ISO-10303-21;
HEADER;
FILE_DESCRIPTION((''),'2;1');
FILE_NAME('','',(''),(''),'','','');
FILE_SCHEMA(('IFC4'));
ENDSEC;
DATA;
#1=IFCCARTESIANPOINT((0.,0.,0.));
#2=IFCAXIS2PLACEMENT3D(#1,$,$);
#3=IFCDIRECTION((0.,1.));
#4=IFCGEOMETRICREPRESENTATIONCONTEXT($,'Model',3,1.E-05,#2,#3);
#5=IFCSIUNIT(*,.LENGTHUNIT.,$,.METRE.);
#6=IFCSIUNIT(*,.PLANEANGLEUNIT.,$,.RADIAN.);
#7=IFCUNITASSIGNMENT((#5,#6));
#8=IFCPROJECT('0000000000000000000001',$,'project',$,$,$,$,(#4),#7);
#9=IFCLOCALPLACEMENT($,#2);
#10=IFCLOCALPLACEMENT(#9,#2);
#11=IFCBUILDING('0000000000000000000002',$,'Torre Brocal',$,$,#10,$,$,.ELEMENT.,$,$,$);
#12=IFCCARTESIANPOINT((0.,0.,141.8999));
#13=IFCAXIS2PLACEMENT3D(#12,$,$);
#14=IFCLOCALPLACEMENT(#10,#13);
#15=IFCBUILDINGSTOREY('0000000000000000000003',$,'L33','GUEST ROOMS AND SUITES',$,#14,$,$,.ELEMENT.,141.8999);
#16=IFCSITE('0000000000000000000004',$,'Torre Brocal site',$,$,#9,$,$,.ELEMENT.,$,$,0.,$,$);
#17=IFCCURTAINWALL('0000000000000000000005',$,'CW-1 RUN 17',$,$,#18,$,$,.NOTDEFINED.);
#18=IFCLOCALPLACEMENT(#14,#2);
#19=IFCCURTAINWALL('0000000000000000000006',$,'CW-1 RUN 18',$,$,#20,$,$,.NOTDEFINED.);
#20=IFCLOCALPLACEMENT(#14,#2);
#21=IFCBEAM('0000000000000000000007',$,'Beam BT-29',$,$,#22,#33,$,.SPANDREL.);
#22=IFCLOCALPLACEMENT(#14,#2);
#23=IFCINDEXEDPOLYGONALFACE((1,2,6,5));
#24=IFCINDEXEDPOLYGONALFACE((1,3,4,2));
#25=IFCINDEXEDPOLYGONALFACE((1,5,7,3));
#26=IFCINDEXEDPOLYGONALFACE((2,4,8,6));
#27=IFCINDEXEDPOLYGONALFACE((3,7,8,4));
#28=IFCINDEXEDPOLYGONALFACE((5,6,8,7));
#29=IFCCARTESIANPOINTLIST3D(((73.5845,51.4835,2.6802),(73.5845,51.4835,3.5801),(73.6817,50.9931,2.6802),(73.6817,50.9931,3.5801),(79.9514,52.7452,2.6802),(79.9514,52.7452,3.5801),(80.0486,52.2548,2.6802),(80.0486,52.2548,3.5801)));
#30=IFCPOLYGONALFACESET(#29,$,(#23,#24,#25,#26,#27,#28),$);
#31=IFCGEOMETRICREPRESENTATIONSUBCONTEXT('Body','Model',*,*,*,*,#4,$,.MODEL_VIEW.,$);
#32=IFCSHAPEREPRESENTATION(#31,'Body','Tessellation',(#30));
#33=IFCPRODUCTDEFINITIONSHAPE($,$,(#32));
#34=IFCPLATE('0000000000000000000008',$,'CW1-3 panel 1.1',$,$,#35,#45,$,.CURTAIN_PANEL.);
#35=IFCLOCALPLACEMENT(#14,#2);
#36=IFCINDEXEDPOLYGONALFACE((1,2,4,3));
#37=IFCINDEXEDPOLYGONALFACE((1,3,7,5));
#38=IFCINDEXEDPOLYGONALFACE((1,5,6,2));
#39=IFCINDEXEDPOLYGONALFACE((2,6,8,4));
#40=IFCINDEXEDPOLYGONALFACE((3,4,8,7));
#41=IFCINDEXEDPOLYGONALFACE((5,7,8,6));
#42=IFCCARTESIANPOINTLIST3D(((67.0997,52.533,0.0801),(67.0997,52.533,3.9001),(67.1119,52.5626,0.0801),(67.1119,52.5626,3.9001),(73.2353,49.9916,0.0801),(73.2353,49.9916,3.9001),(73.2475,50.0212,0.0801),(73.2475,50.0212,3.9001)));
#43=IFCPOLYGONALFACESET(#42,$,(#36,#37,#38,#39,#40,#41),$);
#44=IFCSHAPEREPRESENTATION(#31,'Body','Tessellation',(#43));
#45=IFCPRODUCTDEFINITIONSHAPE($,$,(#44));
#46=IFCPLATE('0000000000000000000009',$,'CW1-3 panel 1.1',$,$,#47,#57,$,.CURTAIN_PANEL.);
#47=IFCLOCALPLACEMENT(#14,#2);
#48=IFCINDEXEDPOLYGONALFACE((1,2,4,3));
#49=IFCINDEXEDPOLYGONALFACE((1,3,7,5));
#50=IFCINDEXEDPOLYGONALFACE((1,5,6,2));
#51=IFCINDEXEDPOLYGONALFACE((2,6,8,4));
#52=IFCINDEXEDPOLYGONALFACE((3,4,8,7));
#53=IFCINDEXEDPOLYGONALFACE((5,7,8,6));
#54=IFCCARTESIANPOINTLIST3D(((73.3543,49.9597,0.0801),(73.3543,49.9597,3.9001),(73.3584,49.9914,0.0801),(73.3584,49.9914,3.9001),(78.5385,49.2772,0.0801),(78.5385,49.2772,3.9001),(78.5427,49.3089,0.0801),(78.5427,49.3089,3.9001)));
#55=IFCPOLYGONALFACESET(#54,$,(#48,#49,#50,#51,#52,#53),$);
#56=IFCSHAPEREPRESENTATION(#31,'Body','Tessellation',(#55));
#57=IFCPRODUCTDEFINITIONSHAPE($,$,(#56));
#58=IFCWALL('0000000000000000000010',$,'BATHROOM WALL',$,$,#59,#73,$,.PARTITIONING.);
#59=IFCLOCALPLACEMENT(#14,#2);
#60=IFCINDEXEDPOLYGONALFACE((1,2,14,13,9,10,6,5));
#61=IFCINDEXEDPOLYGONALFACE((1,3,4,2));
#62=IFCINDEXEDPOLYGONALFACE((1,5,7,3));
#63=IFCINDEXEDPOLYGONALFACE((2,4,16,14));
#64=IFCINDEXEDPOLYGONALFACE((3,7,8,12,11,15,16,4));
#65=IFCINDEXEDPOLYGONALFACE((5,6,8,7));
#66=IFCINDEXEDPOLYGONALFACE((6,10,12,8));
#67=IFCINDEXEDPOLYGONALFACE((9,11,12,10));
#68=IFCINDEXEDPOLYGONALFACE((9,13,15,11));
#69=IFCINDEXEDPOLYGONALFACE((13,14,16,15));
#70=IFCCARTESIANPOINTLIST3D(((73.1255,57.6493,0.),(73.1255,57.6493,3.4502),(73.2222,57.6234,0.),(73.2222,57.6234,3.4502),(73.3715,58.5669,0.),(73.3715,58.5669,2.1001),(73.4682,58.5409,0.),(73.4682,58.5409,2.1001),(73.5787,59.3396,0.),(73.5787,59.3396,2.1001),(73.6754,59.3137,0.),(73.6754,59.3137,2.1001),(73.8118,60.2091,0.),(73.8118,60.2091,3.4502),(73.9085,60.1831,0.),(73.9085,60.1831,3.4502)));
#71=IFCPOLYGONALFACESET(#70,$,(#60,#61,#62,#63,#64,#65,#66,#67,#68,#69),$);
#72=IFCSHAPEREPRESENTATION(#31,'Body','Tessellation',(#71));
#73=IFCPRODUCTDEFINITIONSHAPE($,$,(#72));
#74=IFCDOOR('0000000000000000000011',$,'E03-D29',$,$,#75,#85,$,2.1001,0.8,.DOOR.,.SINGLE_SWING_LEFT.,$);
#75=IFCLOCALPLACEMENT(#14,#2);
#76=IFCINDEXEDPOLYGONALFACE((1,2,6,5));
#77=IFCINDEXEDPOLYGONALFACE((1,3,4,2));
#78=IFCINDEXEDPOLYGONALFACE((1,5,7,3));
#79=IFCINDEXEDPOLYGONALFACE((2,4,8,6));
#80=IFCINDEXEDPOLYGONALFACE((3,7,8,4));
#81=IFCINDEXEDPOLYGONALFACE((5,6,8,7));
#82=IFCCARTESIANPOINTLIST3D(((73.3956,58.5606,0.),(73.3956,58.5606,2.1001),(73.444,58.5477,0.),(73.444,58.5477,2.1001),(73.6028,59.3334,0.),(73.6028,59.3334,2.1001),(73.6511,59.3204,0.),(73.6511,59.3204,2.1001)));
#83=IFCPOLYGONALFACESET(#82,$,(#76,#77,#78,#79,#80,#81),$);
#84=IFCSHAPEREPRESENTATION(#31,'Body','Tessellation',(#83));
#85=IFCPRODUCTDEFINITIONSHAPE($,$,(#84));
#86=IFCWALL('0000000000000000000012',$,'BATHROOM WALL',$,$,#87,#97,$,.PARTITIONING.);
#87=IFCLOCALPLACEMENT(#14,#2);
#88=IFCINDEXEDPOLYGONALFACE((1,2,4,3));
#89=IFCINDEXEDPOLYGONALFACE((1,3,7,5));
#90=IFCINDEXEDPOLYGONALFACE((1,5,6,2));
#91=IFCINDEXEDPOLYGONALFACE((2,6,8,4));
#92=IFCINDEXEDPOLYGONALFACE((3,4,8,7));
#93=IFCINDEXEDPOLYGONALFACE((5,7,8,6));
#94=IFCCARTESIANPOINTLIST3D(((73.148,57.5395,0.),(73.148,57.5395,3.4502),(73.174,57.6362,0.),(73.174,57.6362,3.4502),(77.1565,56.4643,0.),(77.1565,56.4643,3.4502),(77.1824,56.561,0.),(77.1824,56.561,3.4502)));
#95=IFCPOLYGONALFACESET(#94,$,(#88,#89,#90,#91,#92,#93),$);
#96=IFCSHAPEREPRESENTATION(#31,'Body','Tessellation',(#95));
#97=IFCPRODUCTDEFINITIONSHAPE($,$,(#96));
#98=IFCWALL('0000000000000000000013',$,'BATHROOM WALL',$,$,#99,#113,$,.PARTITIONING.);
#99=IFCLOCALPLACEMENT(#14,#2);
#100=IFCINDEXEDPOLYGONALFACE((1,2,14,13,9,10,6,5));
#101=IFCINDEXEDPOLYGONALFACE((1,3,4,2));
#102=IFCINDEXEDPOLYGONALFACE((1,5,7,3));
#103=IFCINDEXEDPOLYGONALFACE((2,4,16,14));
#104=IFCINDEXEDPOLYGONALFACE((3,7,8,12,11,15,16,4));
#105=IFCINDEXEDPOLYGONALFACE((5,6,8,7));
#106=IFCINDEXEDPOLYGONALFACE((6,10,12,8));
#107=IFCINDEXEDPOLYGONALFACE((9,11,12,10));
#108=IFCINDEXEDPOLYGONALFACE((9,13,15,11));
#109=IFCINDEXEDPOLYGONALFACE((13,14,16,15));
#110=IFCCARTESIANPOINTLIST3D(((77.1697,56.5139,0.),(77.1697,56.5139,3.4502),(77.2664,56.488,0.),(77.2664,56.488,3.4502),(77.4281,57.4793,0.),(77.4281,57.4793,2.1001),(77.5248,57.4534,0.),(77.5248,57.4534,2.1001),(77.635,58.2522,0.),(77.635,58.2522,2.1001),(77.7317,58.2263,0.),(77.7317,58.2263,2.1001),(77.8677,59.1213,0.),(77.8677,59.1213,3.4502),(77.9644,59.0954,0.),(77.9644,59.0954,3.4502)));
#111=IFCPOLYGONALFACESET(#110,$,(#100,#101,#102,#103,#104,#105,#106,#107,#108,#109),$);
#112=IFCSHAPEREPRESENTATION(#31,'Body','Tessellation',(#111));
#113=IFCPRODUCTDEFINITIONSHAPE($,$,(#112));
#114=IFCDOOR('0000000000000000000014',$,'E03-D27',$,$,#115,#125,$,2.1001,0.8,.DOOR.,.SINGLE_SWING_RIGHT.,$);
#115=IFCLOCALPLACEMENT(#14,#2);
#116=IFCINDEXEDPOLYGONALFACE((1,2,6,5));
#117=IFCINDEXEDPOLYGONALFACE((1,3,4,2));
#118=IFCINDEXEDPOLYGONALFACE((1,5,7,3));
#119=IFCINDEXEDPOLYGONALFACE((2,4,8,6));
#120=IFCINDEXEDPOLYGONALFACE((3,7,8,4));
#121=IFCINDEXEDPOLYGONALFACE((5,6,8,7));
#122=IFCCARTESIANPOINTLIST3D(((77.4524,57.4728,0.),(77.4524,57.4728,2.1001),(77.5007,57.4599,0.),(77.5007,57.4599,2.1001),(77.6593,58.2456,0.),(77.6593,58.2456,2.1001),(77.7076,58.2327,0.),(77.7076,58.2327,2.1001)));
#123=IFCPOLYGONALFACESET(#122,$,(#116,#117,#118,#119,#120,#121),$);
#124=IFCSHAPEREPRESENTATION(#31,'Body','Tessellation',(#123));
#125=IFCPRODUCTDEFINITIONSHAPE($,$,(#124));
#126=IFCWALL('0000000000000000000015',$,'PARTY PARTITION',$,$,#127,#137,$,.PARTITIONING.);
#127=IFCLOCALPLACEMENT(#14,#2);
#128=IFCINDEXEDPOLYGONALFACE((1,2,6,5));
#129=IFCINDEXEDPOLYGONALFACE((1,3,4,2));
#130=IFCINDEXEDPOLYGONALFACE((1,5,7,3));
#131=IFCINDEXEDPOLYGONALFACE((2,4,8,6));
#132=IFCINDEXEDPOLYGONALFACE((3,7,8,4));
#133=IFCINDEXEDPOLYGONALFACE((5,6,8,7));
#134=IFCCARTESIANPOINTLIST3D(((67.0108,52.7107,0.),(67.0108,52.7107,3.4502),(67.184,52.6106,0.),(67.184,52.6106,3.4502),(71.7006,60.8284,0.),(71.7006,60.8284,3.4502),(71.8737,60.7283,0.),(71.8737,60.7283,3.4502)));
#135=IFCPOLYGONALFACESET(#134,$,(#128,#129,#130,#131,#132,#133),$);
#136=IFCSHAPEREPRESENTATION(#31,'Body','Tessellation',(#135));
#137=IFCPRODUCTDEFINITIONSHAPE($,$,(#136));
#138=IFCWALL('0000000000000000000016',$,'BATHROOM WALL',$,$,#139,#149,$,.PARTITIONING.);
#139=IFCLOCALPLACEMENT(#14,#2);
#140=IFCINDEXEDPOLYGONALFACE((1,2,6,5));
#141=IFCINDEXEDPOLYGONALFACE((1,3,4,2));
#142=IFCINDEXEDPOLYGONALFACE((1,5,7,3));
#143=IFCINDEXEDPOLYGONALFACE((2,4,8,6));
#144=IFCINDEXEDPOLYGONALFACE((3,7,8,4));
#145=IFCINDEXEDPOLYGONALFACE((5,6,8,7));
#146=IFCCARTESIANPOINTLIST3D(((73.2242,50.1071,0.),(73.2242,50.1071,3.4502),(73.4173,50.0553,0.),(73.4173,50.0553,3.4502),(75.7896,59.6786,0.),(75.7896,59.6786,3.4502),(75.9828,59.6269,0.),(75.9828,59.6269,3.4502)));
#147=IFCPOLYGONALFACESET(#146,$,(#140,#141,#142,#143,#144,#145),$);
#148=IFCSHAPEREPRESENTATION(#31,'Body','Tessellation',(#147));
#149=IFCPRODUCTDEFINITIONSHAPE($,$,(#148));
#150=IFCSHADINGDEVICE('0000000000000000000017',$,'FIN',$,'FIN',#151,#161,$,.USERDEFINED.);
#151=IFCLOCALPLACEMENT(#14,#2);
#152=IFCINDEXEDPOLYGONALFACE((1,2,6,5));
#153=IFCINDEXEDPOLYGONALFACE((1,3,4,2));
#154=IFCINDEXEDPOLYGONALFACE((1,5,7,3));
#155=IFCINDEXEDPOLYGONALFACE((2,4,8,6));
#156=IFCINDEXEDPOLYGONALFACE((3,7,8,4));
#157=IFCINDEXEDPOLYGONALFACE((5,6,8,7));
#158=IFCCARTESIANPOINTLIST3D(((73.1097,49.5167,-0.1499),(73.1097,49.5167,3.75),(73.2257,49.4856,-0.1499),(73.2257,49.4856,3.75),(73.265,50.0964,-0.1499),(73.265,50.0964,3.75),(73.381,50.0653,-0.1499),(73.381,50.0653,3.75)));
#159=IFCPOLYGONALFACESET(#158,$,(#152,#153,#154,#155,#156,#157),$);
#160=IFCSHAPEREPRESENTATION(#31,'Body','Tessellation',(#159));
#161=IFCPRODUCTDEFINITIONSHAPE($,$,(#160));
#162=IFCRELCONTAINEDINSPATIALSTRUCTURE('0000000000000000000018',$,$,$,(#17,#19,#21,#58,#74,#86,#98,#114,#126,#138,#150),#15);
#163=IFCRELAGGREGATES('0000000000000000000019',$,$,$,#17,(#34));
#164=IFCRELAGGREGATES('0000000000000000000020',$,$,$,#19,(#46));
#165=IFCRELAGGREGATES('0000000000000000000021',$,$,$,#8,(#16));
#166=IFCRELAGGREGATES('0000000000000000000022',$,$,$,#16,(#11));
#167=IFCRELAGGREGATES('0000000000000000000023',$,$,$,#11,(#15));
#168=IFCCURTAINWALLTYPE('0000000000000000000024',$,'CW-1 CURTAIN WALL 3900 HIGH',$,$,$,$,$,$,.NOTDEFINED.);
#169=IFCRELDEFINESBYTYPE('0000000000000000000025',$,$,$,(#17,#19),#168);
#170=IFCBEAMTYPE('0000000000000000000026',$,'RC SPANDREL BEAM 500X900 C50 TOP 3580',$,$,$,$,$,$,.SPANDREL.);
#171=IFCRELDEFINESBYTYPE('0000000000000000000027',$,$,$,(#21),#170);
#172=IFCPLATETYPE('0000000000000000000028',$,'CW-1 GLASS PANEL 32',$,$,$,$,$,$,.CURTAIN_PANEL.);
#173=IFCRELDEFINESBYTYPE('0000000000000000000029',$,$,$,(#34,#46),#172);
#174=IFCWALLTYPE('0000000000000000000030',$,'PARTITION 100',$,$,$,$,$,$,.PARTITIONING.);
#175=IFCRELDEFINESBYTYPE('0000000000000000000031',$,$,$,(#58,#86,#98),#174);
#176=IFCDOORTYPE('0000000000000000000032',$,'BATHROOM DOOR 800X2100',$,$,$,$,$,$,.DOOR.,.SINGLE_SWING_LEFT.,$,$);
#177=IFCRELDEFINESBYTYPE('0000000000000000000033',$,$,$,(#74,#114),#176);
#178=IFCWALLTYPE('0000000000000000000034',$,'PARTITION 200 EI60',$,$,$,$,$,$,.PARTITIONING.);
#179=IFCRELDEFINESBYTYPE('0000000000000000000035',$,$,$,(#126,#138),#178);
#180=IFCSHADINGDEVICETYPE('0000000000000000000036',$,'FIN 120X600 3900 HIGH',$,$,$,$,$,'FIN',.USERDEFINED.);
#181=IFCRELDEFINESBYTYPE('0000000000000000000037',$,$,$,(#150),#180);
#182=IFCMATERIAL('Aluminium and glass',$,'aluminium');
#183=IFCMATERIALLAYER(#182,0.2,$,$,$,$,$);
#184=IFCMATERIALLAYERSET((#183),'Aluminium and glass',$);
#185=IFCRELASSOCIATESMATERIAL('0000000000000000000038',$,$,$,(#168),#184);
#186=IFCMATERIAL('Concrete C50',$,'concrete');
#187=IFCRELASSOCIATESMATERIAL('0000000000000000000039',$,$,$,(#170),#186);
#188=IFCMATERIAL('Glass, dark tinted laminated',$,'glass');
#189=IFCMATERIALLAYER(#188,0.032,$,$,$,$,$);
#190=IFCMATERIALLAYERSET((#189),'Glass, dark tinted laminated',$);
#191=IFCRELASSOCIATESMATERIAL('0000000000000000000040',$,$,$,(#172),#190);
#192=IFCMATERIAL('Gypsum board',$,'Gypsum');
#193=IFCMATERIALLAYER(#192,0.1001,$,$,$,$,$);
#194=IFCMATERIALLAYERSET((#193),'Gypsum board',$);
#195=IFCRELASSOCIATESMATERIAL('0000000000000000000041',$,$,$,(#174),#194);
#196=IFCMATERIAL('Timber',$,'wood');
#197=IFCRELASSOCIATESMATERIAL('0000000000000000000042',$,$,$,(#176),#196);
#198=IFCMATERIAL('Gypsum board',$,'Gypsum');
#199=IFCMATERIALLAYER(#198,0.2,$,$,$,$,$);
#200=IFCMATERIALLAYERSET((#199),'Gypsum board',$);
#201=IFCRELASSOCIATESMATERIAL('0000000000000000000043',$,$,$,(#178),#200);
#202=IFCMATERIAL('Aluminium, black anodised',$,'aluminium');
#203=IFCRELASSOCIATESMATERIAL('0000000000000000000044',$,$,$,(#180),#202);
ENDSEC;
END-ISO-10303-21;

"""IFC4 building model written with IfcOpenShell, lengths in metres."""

from ifc_helpers import new_model, si_unit, direction, frame, frame_2d, origin, origin_2d, place, context, subcontext, project, spatial, rectangle, extrude, material, layer, layer_set, material_profile, profile_set, type_object, element, fill, aggregate, save


model = new_model("IFC4")

# Units and contexts
model_context = context("Model", 3, precision=1e-05, world=origin(), true_north=direction((0.0, 1.0)))
body_context = subcontext(model_context, "Body", "Model", "MODEL_VIEW")
ifc_project = project(units=[si_unit("LENGTHUNIT", "METRE"), si_unit("PLANEANGLEUNIT", "RADIAN")], contexts=[model_context])

# Site, building, storey
site_placement = place(None, origin())
site = spatial("IfcSite", under=ifc_project, at=site_placement, Name="Torre Brocal site", CompositionType="ELEMENT", RefElevation=0.0)
building_placement = place(site_placement, origin())
building = spatial("IfcBuilding", under=site, at=building_placement, Name="Torre Brocal", CompositionType="ELEMENT")
storey_placement = place(building_placement, frame((0.0, 0.0, 141.8999)))
storey = spatial("IfcBuildingStorey", under=building, at=storey_placement, Name="L33", Description="GUEST ROOMS AND SUITES", CompositionType="ELEMENT", Elevation=141.8999)

# Shared definitions
ifc_material_1 = material(Name="Aluminium and glass", Category="aluminium")
ifc_layer_1 = layer(ifc_material_1, 0.2)
ifc_layer_set_1 = layer_set([ifc_layer_1], Name="Aluminium and glass")
curtain_wall_type = type_object("IfcCurtainWallType", Name="CW-1 CURTAIN WALL 3900 HIGH", PredefinedType="NOTDEFINED", material=ifc_layer_set_1)

# Curtain walls
curtain_wall_1_placement = place(storey_placement, origin())
curtain_wall_1 = element("IfcCurtainWall", 1, at=curtain_wall_1_placement, inside=storey, type_object=curtain_wall_type, Name="CW-1 RUN 17", PredefinedType="NOTDEFINED")
curtain_wall_2_placement = place(storey_placement, origin())
curtain_wall_2 = element("IfcCurtainWall", 2, at=curtain_wall_2_placement, inside=storey, type_object=curtain_wall_type, Name="CW-1 RUN 18", PredefinedType="NOTDEFINED")

# Beam
ifc_material_2 = material(Name="Concrete C50", Category="concrete")
ifc_material_profile_1 = material_profile(ifc_material_2, rectangle(XDim=0.5, YDim=0.8999, at=origin_2d()), Name="RC 500X900")
ifc_profile_set_1 = profile_set([ifc_material_profile_1], Name="Concrete C50")
beam_type_1 = type_object("IfcBeamType", Name="RC SPANDREL BEAM 500X900 C50 TOP 3580", PredefinedType="SPANDREL", material=ifc_profile_set_1)
beam_1_placement = place(storey_placement, frame((73.6331, 51.2383, 3.1301), z_axis=(0.980925, 0.194387, 0.0), x_axis=(-0.194387, 0.980925, 0.0)))
element("IfcBeam", 3, at=beam_1_placement, inside=storey, type_object=beam_type_1, Name="Beam BT-29", PredefinedType="SPANDREL", context=body_context, shape_type="SweptSolid", body=[
    extrude(rectangle(XDim=0.5, YDim=0.8999, at=origin_2d()), origin(), (0.0, 0.0, 1.0), 6.4907),
])

# Plates
ifc_material_3 = material(Name="Glass, dark tinted laminated", Category="glass")
ifc_layer_2 = layer(ifc_material_3, 0.032)
ifc_layer_set_2 = layer_set([ifc_layer_2], Name="Glass, dark tinted laminated")
plate_type = type_object("IfcPlateType", Name="CW-1 GLASS PANEL 32", PredefinedType="CURTAIN_PANEL", material=ifc_layer_set_2)
plate_1_placement = place(storey_placement, frame((70.1736, 51.2771, 0.0801), z_axis=(0.0, 0.0, 1.0), x_axis=(0.92388, -0.382683, 0.0)))
plate_1 = element("IfcPlate", 4, at=plate_1_placement, type_object=plate_type, Name="CW1-3 panel 1.1", PredefinedType="CURTAIN_PANEL", context=body_context, shape_type="SweptSolid", body=[
    extrude(rectangle(XDim=6.6411, YDim=0.032, at=origin_2d()), origin(), (0.0, 0.0, 1.0), 3.8201),
])
aggregate(curtain_wall_1, [plate_1])
plate_2_placement = place(storey_placement, frame((75.9485, 49.6343, 0.0801), z_axis=(0.0, 0.0, 1.0), x_axis=(0.991445, -0.130526, 0.0)))
plate_2 = element("IfcPlate", 5, at=plate_2_placement, type_object=plate_type, Name="CW1-3 panel 1.1", PredefinedType="CURTAIN_PANEL", context=body_context, shape_type="SweptSolid", body=[
    extrude(rectangle(XDim=5.229, YDim=0.032, at=origin_2d()), origin(), (0.0, 0.0, 1.0), 3.8201),
])
aggregate(curtain_wall_2, [plate_2])

# Wall, opening, door
ifc_material_4 = material(Name="Gypsum board", Category="Gypsum")
ifc_layer_3 = layer(ifc_material_4, 0.1001)
ifc_layer_set_3 = layer_set([ifc_layer_3], Name="Gypsum board")
wall_type_1 = type_object("IfcWallType", Name="PARTITION 100", PredefinedType="PARTITIONING", material=ifc_layer_set_3)
wall_1_placement = place(storey_placement, frame((73.1738, 57.6362, 0.0), z_axis=(0.0, 0.0, 1.0), x_axis=(0.258952, 0.96589, 0.0)))
wall_1 = element("IfcWall", 6, at=wall_1_placement, inside=storey, type_object=wall_type_1, Name="BATHROOM WALL", PredefinedType="PARTITIONING", context=body_context, shape_type="SweptSolid", body=[
    extrude(rectangle(XDim=2.6501, YDim=0.1001, at=frame_2d((1.3252, 0.0))), origin(), (0.0, 0.0, 1.0), 3.4502),
])
opening_1_placement = place(wall_1_placement, frame((0.9502, 0.0, 0.0)))
opening_1 = element("IfcOpeningElement", 7, at=opening_1_placement, cuts=wall_1, PredefinedType="OPENING", context=body_context, shape_type="SweptSolid", body=[
    extrude(rectangle(XDim=0.8, YDim=2.1001, at=frame_2d((0.3999, 1.05))), frame((0.0, 0.0601, 0.0), z_axis=(0.0, -1.0, 0.0), x_axis=(1.0, 0.0, 0.0)), (0.0, 0.0, 1.0), 0.1201),
])
ifc_material_5 = material(Name="Timber", Category="wood")
door_type = type_object("IfcDoorType", Name="BATHROOM DOOR 800X2100", OperationType="SINGLE_SWING_LEFT", PredefinedType="DOOR", material=ifc_material_5)
door_1_placement = place(opening_1_placement, frame((0.8, 0.0, 0.0), z_axis=(0.0, 0.0, 1.0), x_axis=(-1.0, 0.0, 0.0)))
door_1 = element("IfcDoor", 8, at=door_1_placement, inside=storey, type_object=door_type, Name="E03-D29", OperationType="SINGLE_SWING_LEFT", OverallHeight=2.1001, OverallWidth=0.8, PredefinedType="DOOR", context=body_context, shape_type="SweptSolid", body=[
    extrude(rectangle(XDim=0.8, YDim=2.1001, at=frame_2d((0.3999, 1.05))), frame((0.0, 0.0249, 0.0), z_axis=(0.0, -1.0, 0.0), x_axis=(1.0, 0.0, 0.0)), (0.0, 0.0, 1.0), 0.05),
])
fill(opening_1, door_1)

# Wall
wall_2_placement = place(storey_placement, frame((73.1609, 57.5879, 0.0), z_axis=(0.0, 0.0, 1.0), x_axis=(0.965859, -0.259068, 0.0)))
element("IfcWall", 9, at=wall_2_placement, inside=storey, type_object=wall_type_1, Name="BATHROOM WALL", PredefinedType="PARTITIONING", context=body_context, shape_type="SweptSolid", body=[
    extrude(rectangle(XDim=4.1501, YDim=0.1001, at=frame_2d((2.0752, 0.0))), origin(), (0.0, 0.0, 1.0), 3.4502),
])

# Wall, opening, door
wall_3_placement = place(storey_placement, frame((77.218, 56.501, 0.0), z_axis=(0.0, 0.0, 1.0), x_axis=(0.258591, 0.965987, 0.0)))
wall_3 = element("IfcWall", 10, at=wall_3_placement, inside=storey, type_object=wall_type_1, Name="BATHROOM WALL", PredefinedType="PARTITIONING", context=body_context, shape_type="SweptSolid", body=[
    extrude(rectangle(XDim=2.6992, YDim=0.1001, at=frame_2d((1.3496, 0.0))), origin(), (0.0, 0.0, 1.0), 3.4502),
])
opening_2_placement = place(wall_3_placement, frame((0.9995, 0.0, 0.0)))
opening_2 = element("IfcOpeningElement", 11, at=opening_2_placement, cuts=wall_3, PredefinedType="OPENING", context=body_context, shape_type="SweptSolid", body=[
    extrude(rectangle(XDim=0.8, YDim=2.1001, at=frame_2d((0.3999, 1.05))), frame((0.0, 0.0601, 0.0), z_axis=(0.0, -1.0, 0.0), x_axis=(1.0, 0.0, 0.0)), (0.0, 0.0, 1.0), 0.1201),
])
door_2_placement = place(opening_2_placement, origin())
door_2 = element("IfcDoor", 12, at=door_2_placement, inside=storey, type_object=door_type, Name="E03-D27", OperationType="SINGLE_SWING_RIGHT", OverallHeight=2.1001, OverallWidth=0.8, PredefinedType="DOOR", context=body_context, shape_type="SweptSolid", body=[
    extrude(rectangle(XDim=0.8, YDim=2.1001, at=frame_2d((0.3999, 1.05))), frame((0.0, 0.0249, 0.0), z_axis=(0.0, -1.0, 0.0), x_axis=(1.0, 0.0, 0.0)), (0.0, 0.0, 1.0), 0.05),
])
fill(opening_2, door_2)

# Walls
ifc_material_6 = material(Name="Gypsum board", Category="Gypsum")
ifc_layer_4 = layer(ifc_material_6, 0.2)
ifc_layer_set_4 = layer_set([ifc_layer_4], Name="Gypsum board")
wall_type_2 = type_object("IfcWallType", Name="PARTITION 200 EI60", PredefinedType="PARTITIONING", material=ifc_layer_set_4)
wall_4_placement = place(storey_placement, frame((67.0974, 52.6606, 0.0), z_axis=(0.0, 0.0, 1.0), x_axis=(0.500236, 0.865889, 0.0)))
element("IfcWall", 13, at=wall_4_placement, inside=storey, type_object=wall_type_2, Name="PARTY PARTITION", PredefinedType="PARTITIONING", context=body_context, shape_type="SweptSolid", body=[
    extrude(rectangle(XDim=9.375, YDim=0.2, at=frame_2d((4.6875, 0.0))), origin(), (0.0, 0.0, 1.0), 3.4502),
])
wall_5_placement = place(storey_placement, frame((73.3208, 50.0813, 0.0), z_axis=(0.0, 0.0, 1.0), x_axis=(0.258889, 0.965907, 0.0)))
element("IfcWall", 14, at=wall_5_placement, inside=storey, type_object=wall_type_2, Name="BATHROOM WALL", PredefinedType="PARTITIONING", context=body_context, shape_type="SweptSolid", body=[
    extrude(rectangle(XDim=9.9094, YDim=0.2, at=frame_2d((4.9546, 0.0))), origin(), (0.0, 0.0, 1.0), 3.4502),
])

# Shading device
ifc_material_7 = material(Name="Aluminium, black anodised", Category="aluminium")
ifc_material_profile_2 = material_profile(ifc_material_7, rectangle(XDim=0.1201, YDim=0.6001, at=origin_2d()), Name="FIN 120X600 3900 HIGH")
ifc_profile_set_2 = profile_set([ifc_material_profile_2], Name="Aluminium, black anodised")
shading_device_type = type_object("IfcShadingDeviceType", Name="FIN 120X600 3900 HIGH", ElementType="FIN", PredefinedType="USERDEFINED", material=ifc_profile_set_2)
shading_device_placement = place(storey_placement, frame((73.2454, 49.791, -0.1499), z_axis=(0.0, 0.0, 1.0), x_axis=(0.965926, -0.258819, 0.0)))
element("IfcShadingDevice", 15, at=shading_device_placement, inside=storey, type_object=shading_device_type, Name="FIN", ObjectType="FIN", PredefinedType="USERDEFINED", context=body_context, shape_type="SweptSolid", body=[
    extrude(rectangle(XDim=0.1201, YDim=0.6001, at=origin_2d()), origin(), (0.0, 0.0, 1.0), 3.8999),
])

save(model, "model.ifc")
